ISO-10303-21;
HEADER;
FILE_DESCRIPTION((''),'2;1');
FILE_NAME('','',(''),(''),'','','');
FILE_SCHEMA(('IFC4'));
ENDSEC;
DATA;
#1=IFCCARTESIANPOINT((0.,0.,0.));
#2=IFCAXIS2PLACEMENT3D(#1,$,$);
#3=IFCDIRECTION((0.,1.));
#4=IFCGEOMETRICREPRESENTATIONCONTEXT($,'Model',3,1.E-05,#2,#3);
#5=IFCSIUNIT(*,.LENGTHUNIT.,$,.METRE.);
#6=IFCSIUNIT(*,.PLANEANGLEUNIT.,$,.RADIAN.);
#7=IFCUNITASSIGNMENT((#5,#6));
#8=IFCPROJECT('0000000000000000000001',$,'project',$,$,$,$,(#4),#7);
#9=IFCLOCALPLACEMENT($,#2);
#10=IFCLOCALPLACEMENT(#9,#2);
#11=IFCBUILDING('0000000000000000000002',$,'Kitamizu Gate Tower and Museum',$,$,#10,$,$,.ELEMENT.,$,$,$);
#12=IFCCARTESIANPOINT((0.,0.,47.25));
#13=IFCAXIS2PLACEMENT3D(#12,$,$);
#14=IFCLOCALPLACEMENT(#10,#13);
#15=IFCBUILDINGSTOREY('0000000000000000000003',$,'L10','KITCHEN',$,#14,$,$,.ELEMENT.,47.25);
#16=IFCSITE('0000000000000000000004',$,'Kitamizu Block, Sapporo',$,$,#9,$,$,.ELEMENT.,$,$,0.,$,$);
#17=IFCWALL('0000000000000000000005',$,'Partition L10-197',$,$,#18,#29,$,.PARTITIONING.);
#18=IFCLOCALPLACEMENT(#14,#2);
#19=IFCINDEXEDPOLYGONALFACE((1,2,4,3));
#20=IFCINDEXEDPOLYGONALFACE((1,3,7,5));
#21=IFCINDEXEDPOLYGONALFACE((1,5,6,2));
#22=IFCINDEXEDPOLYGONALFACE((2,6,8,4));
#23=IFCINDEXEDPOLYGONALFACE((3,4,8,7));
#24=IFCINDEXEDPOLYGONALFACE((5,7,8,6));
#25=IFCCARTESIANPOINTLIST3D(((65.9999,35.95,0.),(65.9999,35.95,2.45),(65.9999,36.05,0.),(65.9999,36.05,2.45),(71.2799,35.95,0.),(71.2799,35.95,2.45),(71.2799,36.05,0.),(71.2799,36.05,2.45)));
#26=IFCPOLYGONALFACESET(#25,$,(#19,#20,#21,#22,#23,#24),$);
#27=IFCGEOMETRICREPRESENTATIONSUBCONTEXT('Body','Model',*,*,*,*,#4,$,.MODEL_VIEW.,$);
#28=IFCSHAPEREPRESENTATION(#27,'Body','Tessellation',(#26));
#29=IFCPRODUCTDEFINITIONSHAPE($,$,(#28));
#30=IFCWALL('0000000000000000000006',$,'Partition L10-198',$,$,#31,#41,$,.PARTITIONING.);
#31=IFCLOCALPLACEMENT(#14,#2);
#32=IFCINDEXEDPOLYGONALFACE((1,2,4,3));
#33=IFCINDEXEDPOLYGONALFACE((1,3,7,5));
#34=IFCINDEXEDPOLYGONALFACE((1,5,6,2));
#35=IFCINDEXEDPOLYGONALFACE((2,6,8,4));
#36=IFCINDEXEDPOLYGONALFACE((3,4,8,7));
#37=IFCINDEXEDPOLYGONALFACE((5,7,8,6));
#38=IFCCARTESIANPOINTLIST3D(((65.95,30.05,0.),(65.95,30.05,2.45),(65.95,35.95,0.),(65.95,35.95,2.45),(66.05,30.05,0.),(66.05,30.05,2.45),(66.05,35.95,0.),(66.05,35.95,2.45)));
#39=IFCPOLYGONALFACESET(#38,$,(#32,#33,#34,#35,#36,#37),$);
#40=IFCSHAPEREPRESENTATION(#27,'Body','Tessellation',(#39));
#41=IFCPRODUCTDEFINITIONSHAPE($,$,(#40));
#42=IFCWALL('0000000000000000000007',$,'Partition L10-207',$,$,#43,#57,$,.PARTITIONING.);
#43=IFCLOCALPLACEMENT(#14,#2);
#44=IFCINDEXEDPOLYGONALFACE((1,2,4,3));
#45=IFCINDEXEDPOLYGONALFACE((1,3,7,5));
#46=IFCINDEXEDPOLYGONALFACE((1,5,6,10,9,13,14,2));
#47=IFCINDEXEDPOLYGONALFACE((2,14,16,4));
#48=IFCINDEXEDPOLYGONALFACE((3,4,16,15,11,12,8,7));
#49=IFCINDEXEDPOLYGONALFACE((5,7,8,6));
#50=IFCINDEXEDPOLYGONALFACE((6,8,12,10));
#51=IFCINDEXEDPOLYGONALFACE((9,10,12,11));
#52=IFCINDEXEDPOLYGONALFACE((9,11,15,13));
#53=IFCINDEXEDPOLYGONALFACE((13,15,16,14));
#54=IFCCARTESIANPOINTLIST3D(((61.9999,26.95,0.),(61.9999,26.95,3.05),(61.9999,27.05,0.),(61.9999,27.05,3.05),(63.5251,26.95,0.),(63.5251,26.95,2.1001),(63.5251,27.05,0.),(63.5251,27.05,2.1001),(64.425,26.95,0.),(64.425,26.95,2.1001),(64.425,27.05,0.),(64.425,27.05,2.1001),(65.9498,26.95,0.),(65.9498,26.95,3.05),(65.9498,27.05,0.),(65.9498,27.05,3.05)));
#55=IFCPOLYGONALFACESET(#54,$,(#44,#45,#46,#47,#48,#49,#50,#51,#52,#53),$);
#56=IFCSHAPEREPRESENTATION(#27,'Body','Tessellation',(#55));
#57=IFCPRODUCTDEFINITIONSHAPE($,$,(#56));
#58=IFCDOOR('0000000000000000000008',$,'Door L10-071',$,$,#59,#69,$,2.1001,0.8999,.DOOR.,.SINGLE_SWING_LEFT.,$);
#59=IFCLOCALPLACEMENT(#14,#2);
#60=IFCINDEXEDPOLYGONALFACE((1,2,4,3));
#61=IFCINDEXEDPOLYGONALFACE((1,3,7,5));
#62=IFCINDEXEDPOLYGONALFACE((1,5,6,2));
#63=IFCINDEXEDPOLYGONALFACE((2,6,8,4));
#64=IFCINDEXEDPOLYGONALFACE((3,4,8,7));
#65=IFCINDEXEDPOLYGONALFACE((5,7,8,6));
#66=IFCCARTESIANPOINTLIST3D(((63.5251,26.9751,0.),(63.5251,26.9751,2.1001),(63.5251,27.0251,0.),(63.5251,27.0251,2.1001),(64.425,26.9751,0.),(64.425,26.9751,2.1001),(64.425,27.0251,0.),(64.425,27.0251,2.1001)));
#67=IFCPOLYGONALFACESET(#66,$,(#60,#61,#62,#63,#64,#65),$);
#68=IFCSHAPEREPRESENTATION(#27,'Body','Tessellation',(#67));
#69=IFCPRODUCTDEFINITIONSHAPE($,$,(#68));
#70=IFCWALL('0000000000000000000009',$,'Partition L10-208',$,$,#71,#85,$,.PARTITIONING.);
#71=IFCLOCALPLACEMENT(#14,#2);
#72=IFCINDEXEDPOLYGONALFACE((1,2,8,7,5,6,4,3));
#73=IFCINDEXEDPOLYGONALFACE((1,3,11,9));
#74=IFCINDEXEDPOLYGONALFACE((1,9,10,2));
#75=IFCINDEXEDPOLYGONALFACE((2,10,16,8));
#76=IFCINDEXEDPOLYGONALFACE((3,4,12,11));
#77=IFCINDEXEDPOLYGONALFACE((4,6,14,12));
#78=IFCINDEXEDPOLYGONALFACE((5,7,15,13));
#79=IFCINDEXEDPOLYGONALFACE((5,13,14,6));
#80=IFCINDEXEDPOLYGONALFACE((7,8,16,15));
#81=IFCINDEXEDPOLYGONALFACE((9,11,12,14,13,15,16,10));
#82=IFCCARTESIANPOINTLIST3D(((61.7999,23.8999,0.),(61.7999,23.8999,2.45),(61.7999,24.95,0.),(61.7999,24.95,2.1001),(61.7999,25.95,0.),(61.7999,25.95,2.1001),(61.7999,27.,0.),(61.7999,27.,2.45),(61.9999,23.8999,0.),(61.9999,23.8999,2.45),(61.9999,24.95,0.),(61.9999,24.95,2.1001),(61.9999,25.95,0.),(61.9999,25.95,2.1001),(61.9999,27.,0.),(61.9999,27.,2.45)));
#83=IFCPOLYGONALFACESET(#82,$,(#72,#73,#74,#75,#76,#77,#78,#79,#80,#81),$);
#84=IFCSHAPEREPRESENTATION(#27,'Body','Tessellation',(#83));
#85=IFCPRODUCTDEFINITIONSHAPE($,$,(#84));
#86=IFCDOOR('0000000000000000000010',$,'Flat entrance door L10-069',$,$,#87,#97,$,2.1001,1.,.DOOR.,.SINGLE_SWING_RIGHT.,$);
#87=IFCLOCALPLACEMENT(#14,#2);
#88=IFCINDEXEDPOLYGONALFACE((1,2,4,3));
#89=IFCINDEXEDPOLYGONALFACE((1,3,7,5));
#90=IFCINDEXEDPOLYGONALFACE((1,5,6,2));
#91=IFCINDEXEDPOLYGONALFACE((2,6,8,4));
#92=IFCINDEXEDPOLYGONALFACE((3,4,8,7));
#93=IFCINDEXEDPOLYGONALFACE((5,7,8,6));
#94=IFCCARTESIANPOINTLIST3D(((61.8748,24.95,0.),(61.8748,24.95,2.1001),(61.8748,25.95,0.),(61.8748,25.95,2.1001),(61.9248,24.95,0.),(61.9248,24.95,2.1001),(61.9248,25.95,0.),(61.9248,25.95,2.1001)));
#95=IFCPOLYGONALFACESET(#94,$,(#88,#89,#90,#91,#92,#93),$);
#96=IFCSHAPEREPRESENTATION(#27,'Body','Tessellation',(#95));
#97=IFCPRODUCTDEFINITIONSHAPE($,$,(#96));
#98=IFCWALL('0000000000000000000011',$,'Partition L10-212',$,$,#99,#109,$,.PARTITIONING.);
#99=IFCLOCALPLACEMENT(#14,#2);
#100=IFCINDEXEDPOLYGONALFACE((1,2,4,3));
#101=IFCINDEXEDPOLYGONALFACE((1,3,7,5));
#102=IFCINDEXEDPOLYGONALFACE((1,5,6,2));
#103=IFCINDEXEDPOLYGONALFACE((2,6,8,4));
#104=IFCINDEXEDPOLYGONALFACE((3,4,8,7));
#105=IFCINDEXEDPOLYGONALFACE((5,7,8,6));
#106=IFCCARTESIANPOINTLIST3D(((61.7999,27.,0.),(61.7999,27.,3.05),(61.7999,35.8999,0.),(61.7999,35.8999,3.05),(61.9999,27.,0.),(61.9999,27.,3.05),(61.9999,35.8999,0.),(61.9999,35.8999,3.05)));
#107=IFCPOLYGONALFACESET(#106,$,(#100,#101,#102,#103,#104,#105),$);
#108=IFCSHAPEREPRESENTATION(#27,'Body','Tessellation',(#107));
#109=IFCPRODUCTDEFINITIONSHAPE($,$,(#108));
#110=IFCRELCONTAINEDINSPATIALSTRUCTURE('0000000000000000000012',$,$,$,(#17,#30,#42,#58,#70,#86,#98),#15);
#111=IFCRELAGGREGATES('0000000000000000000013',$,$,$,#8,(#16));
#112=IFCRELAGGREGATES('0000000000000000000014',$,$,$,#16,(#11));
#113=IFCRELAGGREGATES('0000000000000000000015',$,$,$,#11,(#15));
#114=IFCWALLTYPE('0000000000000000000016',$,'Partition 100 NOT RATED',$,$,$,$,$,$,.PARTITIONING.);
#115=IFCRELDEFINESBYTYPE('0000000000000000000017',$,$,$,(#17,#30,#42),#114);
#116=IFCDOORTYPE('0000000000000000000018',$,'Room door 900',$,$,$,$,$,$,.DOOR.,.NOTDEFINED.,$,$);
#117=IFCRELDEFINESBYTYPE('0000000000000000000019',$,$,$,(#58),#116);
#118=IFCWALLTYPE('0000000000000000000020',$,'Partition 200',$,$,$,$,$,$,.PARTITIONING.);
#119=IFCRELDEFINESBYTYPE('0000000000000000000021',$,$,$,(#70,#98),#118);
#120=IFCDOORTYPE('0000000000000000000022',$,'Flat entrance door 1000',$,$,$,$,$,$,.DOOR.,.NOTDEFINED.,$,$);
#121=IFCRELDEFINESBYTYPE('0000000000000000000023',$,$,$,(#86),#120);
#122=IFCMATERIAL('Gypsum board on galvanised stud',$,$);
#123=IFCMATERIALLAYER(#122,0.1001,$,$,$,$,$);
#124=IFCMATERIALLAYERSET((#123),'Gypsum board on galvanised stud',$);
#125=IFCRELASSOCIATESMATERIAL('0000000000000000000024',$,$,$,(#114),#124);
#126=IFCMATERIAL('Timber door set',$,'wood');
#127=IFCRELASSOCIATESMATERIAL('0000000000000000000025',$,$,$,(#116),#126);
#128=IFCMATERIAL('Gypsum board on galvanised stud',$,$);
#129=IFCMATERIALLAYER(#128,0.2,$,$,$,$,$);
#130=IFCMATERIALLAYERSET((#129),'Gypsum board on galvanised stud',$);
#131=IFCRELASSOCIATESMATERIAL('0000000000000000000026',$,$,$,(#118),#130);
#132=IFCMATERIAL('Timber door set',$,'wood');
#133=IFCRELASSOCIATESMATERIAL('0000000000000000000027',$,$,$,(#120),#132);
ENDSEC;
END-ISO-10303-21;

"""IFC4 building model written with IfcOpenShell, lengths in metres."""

from ifc_helpers import new_model, si_unit, direction, frame, frame_2d, origin, place, context, subcontext, project, spatial, rectangle, extrude, material, layer, layer_set, type_object, element, fill, save


model = new_model("IFC4")

# Units and contexts
model_context = context("Model", 3, precision=1e-05, world=origin(), true_north=direction((0.0, 1.0)))
body_context = subcontext(model_context, "Body", "Model", "MODEL_VIEW")
ifc_project = project(units=[si_unit("LENGTHUNIT", "METRE"), si_unit("PLANEANGLEUNIT", "RADIAN")], contexts=[model_context])

# Site, building, storey
site_placement = place(None, origin())
site = spatial("IfcSite", under=ifc_project, at=site_placement, Name="Kitamizu Block, Sapporo", CompositionType="ELEMENT", RefElevation=0.0)
building_placement = place(site_placement, origin())
building = spatial("IfcBuilding", under=site, at=building_placement, Name="Kitamizu Gate Tower and Museum", CompositionType="ELEMENT")
storey_placement = place(building_placement, frame((0.0, 0.0, 47.25)))
storey = spatial("IfcBuildingStorey", under=building, at=storey_placement, Name="L10", Description="KITCHEN", CompositionType="ELEMENT", Elevation=47.25)

# Shared definitions
ifc_material_1 = material(Name="Gypsum board on galvanised stud")
ifc_layer_1 = layer(ifc_material_1, 0.1001)
ifc_layer_set_1 = layer_set([ifc_layer_1], Name="Gypsum board on galvanised stud")
wall_type_1 = type_object("IfcWallType", Name="Partition 100 NOT RATED", PredefinedType="PARTITIONING", material=ifc_layer_set_1)
ifc_material_2 = material(Name="Timber door set", Category="wood")
door_type_1 = type_object("IfcDoorType", Name="Room door 900", OperationType="NOTDEFINED", PredefinedType="DOOR", material=ifc_material_2)

# Walls
wall_1_placement = place(storey_placement, frame((71.28, 36.0, 0.0), z_axis=(0.0, 0.0, 1.0), x_axis=(-1.0, 0.0, 0.0)))
element("IfcWall", 1, at=wall_1_placement, inside=storey, type_object=wall_type_1, Name="Partition L10-197", PredefinedType="PARTITIONING", context=body_context, shape_type="SweptSolid", body=[
    extrude(rectangle(XDim=5.28, YDim=0.1001, at=frame_2d((2.6401, 0.0))), origin(), (0.0, 0.0, 1.0), 2.45),
])
wall_2_placement = place(storey_placement, frame((66.0, 35.95, 0.0), z_axis=(0.0, 0.0, 1.0), x_axis=(0.0, -1.0, 0.0)))
element("IfcWall", 2, at=wall_2_placement, inside=storey, type_object=wall_type_1, Name="Partition L10-198", PredefinedType="PARTITIONING", context=body_context, shape_type="SweptSolid", body=[
    extrude(rectangle(XDim=5.8999, YDim=0.1001, at=frame_2d((2.95, 0.0))), origin(), (0.0, 0.0, 1.0), 2.45),
])

# Walls, openings, doors
wall_3_placement = place(storey_placement, frame((65.95, 27.0, 0.0), z_axis=(0.0, 0.0, 1.0), x_axis=(-1.0, 0.0, 0.0)))
wall_3 = element("IfcWall", 3, at=wall_3_placement, inside=storey, type_object=wall_type_1, Name="Partition L10-207", PredefinedType="PARTITIONING", context=body_context, shape_type="SweptSolid", body=[
    extrude(rectangle(XDim=3.95, YDim=0.1001, at=frame_2d((1.9751, 0.0))), origin(), (0.0, 0.0, 1.0), 3.05),
])
opening_1_placement = place(wall_3_placement, frame((1.5249, 0.0, 0.0)))
opening_1 = element("IfcOpeningElement", 4, at=opening_1_placement, cuts=wall_3, PredefinedType="OPENING", context=body_context, shape_type="SweptSolid", body=[
    extrude(rectangle(XDim=0.8999, YDim=2.1001, at=frame_2d((0.45, 1.05))), frame((0.0, 0.0601, 0.0), z_axis=(0.0, -1.0, 0.0), x_axis=(1.0, 0.0, 0.0)), (0.0, 0.0, 1.0), 0.1201),
])
door_1_placement = place(opening_1_placement, origin())
door_1 = element("IfcDoor", 5, at=door_1_placement, inside=storey, type_object=door_type_1, Name="Door L10-071", OperationType="SINGLE_SWING_LEFT", OverallHeight=2.1001, OverallWidth=0.8999, PredefinedType="DOOR", context=body_context, shape_type="SweptSolid", body=[
    extrude(rectangle(XDim=0.8999, YDim=2.1001, at=frame_2d((0.45, 1.05))), frame((0.0, 0.0249, 0.0), z_axis=(0.0, -1.0, 0.0), x_axis=(1.0, 0.0, 0.0)), (0.0, 0.0, 1.0), 0.05),
])
fill(opening_1, door_1)
ifc_material_3 = material(Name="Gypsum board on galvanised stud")
ifc_layer_2 = layer(ifc_material_3, 0.2)
ifc_layer_set_2 = layer_set([ifc_layer_2], Name="Gypsum board on galvanised stud")
wall_type_2 = type_object("IfcWallType", Name="Partition 200", PredefinedType="PARTITIONING", material=ifc_layer_set_2)
wall_4_placement = place(storey_placement, frame((61.8999, 27.0, 0.0), z_axis=(0.0, 0.0, 1.0), x_axis=(0.0, -1.0, 0.0)))
wall_4 = element("IfcWall", 6, at=wall_4_placement, inside=storey, type_object=wall_type_2, Name="Partition L10-208", PredefinedType="PARTITIONING", context=body_context, shape_type="SweptSolid", body=[
    extrude(rectangle(XDim=3.1001, YDim=0.2, at=frame_2d((1.55, 0.0))), origin(), (0.0, 0.0, 1.0), 2.45),
])
opening_2_placement = place(wall_4_placement, frame((1.05, 0.0, 0.0)))
opening_2 = element("IfcOpeningElement", 7, at=opening_2_placement, cuts=wall_4, PredefinedType="OPENING", context=body_context, shape_type="SweptSolid", body=[
    extrude(rectangle(XDim=1.0, YDim=2.1001, at=frame_2d((0.5, 1.05))), frame((0.0, 0.1099, 0.0), z_axis=(0.0, -1.0, 0.0), x_axis=(1.0, 0.0, 0.0)), (0.0, 0.0, 1.0), 0.22),
])
ifc_material_4 = material(Name="Timber door set", Category="wood")
door_type_2 = type_object("IfcDoorType", Name="Flat entrance door 1000", OperationType="NOTDEFINED", PredefinedType="DOOR", material=ifc_material_4)
door_2_placement = place(opening_2_placement, origin())
door_2 = element("IfcDoor", 8, at=door_2_placement, inside=storey, type_object=door_type_2, Name="Flat entrance door L10-069", OperationType="SINGLE_SWING_RIGHT", OverallHeight=2.1001, OverallWidth=1.0, PredefinedType="DOOR", context=body_context, shape_type="SweptSolid", body=[
    extrude(rectangle(XDim=1.0, YDim=2.1001, at=frame_2d((0.5, 1.05))), frame((0.0, 0.0249, 0.0), z_axis=(0.0, -1.0, 0.0), x_axis=(1.0, 0.0, 0.0)), (0.0, 0.0, 1.0), 0.05),
])
fill(opening_2, door_2)

# Wall
wall_5_placement = place(storey_placement, frame((61.8999, 35.8999, 0.0), z_axis=(0.0, 0.0, 1.0), x_axis=(0.0, -1.0, 0.0)))
element("IfcWall", 9, at=wall_5_placement, inside=storey, type_object=wall_type_2, Name="Partition L10-212", PredefinedType="PARTITIONING", context=body_context, shape_type="SweptSolid", body=[
    extrude(rectangle(XDim=8.8999, YDim=0.2, at=frame_2d((4.45, 0.0))), origin(), (0.0, 0.0, 1.0), 3.05),
])

save(model, "model.ifc")
